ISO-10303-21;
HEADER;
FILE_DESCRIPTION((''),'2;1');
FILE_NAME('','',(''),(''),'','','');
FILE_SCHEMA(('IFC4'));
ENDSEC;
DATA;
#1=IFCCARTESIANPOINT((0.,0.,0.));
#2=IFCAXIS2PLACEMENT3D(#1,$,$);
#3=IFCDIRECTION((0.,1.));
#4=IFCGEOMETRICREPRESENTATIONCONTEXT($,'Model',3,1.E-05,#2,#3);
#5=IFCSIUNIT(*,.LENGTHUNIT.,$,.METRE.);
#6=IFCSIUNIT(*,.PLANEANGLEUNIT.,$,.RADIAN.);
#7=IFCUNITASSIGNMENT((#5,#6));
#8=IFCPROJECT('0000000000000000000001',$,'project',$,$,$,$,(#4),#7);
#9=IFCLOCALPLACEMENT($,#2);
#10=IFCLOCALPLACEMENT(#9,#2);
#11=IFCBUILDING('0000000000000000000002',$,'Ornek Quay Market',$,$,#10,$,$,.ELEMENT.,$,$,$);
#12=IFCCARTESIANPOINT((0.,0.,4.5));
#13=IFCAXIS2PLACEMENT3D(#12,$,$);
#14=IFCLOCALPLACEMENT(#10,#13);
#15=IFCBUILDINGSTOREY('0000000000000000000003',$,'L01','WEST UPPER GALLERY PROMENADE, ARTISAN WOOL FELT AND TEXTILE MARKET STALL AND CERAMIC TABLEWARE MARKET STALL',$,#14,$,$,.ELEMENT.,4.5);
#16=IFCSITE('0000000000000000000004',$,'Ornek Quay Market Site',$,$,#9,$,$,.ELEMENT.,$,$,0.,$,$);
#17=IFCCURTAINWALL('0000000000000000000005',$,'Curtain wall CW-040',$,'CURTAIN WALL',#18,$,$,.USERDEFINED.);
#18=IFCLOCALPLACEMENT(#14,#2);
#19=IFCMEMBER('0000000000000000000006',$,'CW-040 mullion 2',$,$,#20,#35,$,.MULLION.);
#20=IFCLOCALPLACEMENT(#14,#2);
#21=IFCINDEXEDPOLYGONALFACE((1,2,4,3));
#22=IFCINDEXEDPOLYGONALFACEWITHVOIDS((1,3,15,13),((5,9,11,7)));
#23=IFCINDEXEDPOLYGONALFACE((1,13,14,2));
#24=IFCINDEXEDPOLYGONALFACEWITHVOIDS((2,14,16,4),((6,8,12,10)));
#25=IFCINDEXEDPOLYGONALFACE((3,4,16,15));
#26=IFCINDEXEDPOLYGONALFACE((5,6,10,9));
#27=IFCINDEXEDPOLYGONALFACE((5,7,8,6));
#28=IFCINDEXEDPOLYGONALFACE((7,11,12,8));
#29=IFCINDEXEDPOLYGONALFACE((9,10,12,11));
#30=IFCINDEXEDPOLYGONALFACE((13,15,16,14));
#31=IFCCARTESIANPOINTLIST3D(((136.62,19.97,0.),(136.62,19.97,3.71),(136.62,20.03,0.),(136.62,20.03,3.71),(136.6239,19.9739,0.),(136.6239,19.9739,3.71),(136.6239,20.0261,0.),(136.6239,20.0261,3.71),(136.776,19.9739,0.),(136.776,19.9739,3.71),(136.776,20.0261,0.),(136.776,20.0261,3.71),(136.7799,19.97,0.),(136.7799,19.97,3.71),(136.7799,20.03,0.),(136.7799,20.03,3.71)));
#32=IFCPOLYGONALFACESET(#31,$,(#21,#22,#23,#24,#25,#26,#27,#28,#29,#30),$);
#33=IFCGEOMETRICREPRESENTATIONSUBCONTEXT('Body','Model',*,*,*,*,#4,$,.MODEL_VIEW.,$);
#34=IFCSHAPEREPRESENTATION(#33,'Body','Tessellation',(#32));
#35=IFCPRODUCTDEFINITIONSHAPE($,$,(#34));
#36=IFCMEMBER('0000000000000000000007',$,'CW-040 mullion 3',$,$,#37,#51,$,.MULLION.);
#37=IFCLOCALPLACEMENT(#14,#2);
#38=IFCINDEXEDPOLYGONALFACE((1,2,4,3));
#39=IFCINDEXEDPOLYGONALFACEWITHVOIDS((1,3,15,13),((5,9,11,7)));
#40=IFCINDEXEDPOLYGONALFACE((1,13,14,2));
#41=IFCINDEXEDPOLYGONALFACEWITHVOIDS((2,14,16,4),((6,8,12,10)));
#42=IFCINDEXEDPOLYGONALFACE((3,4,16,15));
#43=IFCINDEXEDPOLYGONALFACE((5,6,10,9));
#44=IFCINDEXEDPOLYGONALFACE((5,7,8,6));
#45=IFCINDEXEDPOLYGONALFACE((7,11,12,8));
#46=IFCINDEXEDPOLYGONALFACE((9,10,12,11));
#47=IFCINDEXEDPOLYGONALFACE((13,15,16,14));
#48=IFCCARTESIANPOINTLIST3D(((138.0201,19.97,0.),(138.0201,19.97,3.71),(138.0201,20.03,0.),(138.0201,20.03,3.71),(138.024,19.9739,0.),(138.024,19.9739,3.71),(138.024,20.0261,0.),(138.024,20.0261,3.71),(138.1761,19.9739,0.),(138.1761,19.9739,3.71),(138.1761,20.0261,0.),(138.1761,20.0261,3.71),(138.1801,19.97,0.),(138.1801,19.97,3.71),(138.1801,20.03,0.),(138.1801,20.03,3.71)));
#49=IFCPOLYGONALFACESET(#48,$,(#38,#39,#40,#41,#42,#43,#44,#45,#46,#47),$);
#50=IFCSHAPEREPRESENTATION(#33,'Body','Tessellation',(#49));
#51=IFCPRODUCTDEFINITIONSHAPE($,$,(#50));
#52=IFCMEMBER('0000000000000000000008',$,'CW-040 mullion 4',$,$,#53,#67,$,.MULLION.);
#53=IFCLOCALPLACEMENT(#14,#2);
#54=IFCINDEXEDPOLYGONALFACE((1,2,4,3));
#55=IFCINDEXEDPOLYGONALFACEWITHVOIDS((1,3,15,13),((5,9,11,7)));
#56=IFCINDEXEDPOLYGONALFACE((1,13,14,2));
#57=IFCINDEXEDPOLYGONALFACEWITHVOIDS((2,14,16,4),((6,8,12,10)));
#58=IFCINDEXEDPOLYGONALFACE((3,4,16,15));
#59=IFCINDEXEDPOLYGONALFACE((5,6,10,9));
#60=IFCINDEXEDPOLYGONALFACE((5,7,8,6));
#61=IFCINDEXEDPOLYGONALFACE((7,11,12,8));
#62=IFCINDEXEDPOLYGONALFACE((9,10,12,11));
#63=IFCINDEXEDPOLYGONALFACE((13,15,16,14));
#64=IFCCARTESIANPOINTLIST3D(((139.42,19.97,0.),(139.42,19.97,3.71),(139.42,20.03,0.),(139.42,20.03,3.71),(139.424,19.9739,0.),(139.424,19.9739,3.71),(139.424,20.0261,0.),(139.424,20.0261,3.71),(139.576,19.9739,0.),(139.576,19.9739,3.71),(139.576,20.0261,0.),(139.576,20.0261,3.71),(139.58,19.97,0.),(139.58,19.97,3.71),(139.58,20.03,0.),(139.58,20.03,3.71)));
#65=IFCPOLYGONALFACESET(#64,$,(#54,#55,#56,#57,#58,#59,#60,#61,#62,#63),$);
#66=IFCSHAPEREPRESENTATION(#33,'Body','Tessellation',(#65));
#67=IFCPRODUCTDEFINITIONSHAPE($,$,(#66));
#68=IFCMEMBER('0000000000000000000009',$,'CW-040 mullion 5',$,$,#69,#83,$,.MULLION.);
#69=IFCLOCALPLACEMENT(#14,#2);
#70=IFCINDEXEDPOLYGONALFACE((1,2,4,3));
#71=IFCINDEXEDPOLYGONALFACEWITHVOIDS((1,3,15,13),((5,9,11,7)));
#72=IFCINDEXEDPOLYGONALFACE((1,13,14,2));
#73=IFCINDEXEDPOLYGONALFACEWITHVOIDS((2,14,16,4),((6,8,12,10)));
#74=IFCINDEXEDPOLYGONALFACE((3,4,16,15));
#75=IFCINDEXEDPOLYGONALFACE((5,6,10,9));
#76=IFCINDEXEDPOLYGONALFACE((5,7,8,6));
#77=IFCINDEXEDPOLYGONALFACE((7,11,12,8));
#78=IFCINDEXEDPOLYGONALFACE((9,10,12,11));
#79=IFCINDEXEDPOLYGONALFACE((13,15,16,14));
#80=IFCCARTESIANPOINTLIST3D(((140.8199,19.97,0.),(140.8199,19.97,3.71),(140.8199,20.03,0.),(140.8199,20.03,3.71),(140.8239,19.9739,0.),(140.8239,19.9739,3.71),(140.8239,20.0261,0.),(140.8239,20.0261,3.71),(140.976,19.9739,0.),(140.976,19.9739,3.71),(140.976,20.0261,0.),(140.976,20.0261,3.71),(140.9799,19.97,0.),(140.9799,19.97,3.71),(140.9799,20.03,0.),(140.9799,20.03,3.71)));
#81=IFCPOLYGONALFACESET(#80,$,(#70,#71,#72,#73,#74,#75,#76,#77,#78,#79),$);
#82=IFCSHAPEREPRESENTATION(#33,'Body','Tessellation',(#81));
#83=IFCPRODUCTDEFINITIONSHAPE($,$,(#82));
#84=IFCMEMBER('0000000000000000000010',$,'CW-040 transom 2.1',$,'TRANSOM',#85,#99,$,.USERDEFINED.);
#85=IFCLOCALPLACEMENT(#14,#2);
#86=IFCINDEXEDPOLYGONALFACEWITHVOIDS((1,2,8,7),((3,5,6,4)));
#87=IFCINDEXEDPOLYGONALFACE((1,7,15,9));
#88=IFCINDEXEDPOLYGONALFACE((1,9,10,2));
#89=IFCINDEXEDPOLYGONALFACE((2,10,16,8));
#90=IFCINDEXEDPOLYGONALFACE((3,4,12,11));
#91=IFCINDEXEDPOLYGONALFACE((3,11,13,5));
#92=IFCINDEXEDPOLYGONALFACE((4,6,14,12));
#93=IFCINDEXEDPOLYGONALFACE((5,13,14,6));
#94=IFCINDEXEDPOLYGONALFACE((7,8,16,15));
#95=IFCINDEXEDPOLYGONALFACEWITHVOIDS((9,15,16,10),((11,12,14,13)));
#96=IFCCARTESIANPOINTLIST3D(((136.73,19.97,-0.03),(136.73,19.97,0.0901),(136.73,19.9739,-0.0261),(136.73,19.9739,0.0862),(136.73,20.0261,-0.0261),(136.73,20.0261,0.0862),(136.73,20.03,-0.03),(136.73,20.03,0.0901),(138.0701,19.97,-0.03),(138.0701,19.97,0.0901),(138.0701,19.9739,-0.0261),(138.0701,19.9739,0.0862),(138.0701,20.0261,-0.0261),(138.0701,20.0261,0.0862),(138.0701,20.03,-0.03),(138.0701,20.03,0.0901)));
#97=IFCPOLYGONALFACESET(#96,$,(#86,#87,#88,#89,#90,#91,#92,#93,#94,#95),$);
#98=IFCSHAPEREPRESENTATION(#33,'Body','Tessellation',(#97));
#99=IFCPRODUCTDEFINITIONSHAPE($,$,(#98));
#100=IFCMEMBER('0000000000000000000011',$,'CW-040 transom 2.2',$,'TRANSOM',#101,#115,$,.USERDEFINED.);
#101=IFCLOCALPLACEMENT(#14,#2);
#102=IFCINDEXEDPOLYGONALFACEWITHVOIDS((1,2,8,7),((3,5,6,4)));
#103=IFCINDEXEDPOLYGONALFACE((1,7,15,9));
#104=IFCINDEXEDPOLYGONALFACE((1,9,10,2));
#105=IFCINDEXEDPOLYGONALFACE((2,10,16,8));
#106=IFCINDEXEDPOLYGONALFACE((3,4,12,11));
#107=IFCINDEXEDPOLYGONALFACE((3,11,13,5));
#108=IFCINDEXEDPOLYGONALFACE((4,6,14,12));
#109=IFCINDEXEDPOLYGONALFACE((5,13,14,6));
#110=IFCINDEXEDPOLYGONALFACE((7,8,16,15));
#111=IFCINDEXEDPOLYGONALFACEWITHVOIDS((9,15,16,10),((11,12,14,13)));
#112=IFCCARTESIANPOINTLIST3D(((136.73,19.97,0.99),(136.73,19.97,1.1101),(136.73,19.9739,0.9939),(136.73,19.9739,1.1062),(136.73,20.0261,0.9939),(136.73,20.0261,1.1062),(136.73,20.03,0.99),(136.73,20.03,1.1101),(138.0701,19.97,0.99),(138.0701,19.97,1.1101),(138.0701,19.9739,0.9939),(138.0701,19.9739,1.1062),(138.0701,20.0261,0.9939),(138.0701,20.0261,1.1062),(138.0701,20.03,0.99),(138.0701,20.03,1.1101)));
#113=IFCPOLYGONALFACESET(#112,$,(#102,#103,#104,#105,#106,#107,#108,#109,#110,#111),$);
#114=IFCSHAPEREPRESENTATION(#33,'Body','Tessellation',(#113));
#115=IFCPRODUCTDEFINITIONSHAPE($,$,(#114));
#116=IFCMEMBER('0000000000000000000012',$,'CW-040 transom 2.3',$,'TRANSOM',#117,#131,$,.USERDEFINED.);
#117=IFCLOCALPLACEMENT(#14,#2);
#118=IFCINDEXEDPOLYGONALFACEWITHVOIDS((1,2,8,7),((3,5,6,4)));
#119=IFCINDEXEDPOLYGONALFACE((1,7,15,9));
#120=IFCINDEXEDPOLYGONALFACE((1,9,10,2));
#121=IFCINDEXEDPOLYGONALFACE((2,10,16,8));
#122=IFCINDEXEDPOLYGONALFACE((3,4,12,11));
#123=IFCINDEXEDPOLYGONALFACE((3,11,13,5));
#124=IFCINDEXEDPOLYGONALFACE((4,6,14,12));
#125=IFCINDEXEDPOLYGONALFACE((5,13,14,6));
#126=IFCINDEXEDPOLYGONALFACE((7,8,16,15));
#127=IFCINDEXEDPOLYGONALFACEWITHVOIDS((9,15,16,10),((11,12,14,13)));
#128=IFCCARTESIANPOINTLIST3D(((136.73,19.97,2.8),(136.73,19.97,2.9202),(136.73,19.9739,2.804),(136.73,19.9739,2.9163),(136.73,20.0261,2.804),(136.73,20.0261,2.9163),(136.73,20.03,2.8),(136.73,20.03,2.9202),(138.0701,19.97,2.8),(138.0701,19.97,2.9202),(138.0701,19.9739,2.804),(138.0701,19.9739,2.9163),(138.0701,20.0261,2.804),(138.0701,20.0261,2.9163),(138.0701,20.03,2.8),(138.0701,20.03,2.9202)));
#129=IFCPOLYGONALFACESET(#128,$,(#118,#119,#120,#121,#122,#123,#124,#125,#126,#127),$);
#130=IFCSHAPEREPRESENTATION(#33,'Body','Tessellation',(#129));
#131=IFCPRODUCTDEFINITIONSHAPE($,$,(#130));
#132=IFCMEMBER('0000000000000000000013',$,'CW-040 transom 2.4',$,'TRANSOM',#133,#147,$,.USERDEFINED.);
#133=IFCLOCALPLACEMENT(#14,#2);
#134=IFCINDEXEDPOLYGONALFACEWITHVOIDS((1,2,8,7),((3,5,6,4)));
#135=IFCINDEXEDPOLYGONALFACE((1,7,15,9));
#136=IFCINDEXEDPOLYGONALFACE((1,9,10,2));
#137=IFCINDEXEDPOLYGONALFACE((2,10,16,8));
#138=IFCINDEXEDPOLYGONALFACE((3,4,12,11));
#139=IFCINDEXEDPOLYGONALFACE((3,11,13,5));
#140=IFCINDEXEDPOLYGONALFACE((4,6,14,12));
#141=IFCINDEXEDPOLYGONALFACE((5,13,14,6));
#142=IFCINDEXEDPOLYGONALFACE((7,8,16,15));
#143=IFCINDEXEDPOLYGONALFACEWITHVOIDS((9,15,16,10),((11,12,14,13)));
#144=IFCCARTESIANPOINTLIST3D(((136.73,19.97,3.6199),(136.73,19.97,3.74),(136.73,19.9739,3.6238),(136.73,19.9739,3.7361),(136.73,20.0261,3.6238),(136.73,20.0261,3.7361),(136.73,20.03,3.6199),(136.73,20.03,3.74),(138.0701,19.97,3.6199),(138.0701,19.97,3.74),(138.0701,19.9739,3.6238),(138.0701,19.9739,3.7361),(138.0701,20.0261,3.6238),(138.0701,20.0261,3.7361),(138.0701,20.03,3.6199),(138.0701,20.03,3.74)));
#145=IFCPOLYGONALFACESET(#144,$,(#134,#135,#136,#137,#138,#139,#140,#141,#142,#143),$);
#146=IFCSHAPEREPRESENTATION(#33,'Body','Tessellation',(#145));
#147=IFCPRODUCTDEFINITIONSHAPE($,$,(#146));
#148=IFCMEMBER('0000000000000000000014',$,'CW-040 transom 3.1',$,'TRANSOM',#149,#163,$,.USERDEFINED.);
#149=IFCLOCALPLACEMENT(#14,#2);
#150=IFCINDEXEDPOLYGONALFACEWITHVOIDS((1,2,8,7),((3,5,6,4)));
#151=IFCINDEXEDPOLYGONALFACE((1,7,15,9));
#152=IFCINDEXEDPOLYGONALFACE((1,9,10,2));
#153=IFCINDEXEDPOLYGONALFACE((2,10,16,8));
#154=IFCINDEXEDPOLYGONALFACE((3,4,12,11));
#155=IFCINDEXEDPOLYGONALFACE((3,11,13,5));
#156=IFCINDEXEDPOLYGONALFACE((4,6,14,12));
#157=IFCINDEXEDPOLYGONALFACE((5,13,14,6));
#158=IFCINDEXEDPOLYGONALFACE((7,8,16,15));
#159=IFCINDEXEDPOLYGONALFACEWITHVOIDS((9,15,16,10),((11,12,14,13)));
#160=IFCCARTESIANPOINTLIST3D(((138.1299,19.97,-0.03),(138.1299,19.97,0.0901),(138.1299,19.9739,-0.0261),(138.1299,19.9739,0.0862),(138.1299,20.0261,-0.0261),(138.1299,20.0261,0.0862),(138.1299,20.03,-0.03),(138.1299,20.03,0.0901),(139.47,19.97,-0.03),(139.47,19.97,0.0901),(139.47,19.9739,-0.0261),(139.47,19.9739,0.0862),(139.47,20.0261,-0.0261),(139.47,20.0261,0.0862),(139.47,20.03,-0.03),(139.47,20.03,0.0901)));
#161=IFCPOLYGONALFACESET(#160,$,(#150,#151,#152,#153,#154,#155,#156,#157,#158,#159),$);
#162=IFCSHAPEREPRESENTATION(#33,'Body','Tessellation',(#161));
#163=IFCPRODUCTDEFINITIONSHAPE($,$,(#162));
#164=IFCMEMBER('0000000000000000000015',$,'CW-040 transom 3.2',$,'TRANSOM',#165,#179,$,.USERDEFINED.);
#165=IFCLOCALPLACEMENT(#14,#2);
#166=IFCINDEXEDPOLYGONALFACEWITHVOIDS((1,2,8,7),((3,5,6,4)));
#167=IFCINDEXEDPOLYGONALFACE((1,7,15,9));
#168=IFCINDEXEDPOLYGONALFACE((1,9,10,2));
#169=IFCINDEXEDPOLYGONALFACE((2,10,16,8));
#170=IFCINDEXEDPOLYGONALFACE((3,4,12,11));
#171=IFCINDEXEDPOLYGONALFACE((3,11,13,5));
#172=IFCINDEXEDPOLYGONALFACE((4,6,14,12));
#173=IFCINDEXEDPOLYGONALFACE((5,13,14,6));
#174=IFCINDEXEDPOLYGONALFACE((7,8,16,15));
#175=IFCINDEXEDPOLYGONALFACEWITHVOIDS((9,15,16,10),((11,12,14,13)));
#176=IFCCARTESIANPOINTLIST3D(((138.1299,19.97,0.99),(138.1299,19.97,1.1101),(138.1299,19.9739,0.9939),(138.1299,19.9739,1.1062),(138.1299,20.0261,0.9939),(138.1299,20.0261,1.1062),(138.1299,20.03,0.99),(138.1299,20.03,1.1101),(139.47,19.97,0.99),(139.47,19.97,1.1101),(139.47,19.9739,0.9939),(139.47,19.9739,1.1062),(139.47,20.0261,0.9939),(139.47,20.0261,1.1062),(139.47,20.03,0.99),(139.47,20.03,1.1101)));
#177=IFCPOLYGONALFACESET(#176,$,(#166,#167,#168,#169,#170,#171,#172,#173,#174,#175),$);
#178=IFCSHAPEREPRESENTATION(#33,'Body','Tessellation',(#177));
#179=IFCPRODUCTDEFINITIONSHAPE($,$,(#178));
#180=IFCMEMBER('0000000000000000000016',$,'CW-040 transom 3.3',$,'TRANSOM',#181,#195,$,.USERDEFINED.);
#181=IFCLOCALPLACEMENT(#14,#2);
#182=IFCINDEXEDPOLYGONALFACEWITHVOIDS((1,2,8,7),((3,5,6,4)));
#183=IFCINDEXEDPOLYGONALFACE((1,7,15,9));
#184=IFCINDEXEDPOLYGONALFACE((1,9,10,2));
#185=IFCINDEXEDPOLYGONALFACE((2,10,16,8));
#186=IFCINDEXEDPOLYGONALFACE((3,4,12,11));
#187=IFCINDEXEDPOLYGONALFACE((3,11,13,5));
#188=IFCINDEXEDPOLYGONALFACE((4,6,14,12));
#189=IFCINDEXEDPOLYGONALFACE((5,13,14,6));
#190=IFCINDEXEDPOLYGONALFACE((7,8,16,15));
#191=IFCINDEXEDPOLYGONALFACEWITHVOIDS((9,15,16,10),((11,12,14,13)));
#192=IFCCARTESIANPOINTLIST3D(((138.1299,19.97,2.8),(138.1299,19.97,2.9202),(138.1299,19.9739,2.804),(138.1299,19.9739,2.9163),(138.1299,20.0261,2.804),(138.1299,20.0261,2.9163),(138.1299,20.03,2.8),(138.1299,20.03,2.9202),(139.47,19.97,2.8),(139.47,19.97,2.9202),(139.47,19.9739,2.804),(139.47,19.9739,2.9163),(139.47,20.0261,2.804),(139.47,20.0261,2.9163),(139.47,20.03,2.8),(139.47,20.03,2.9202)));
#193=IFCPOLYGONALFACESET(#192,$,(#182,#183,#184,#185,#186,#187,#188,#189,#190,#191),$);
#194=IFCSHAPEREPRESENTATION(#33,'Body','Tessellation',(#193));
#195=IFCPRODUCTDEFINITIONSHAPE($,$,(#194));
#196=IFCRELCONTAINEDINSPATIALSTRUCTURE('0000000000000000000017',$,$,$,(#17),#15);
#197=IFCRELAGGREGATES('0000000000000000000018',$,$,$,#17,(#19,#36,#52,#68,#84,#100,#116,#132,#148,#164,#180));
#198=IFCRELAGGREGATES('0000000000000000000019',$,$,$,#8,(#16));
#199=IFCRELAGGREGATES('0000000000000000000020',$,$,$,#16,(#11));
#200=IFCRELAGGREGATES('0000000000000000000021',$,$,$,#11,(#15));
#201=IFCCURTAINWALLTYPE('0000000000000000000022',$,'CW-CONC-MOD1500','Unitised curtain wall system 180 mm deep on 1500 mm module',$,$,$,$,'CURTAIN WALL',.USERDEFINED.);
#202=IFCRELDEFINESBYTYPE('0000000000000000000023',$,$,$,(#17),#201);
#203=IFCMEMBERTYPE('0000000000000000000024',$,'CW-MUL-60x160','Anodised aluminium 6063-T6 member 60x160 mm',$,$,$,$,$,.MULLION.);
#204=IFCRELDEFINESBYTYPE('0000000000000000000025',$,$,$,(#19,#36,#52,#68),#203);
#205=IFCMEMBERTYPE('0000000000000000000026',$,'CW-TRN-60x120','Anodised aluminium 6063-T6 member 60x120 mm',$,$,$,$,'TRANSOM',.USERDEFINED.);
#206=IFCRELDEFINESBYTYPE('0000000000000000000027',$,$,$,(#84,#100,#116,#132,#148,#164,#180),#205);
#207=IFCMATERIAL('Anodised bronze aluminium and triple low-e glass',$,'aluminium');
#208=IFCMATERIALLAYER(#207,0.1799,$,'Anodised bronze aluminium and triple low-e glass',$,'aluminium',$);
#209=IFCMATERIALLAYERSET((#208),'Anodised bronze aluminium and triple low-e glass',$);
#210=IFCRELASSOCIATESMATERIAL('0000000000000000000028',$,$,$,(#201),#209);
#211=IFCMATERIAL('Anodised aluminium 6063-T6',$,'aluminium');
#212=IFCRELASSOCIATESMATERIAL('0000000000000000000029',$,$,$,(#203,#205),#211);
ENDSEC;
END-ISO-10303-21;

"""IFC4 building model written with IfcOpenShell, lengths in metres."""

from ifc_helpers import new_model, si_unit, direction, frame, origin, origin_2d, place, context, subcontext, project, spatial, hollow_rectangle, extrude, material, layer, layer_set, material_profile, profile_set, type_object, element, aggregate, save


model = new_model("IFC4")

# Units and contexts
model_context = context("Model", 3, precision=1e-05, world=origin(), true_north=direction((0.0, 1.0)))
body_context = subcontext(model_context, "Body", "Model", "MODEL_VIEW")
ifc_project = project(units=[si_unit("LENGTHUNIT", "METRE"), si_unit("PLANEANGLEUNIT", "RADIAN")], contexts=[model_context])

# Site, building, storey
site_placement = place(None, origin())
site = spatial("IfcSite", under=ifc_project, at=site_placement, Name="Ornek Quay Market Site", CompositionType="ELEMENT", RefElevation=0.0)
building_placement = place(site_placement, origin())
building = spatial("IfcBuilding", under=site, at=building_placement, Name="Ornek Quay Market", CompositionType="ELEMENT")
storey_placement = place(building_placement, frame((0.0, 0.0, 4.5)))
storey = spatial("IfcBuildingStorey", under=building, at=storey_placement, Name="L01", Description="WEST UPPER GALLERY PROMENADE, ARTISAN WOOL FELT AND TEXTILE MARKET STALL AND CERAMIC TABLEWARE MARKET STALL", CompositionType="ELEMENT", Elevation=4.5)

# Curtain wall, members
ifc_material_1 = material(Name="Anodised bronze aluminium and triple low-e glass", Category="aluminium")
ifc_layer_1 = layer(ifc_material_1, 0.1799, Name="Anodised bronze aluminium and triple low-e glass", Category="aluminium")
ifc_layer_set_1 = layer_set([ifc_layer_1], Name="Anodised bronze aluminium and triple low-e glass")
curtain_wall_type = type_object("IfcCurtainWallType", Name="CW-CONC-MOD1500", Description="Unitised curtain wall system 180 mm deep on 1500 mm module", ElementType="CURTAIN WALL", PredefinedType="USERDEFINED", material=ifc_layer_set_1)
curtain_wall_placement = place(storey_placement, origin())
curtain_wall = element("IfcCurtainWall", 1, at=curtain_wall_placement, inside=storey, type_object=curtain_wall_type, Name="Curtain wall CW-040", ObjectType="CURTAIN WALL", PredefinedType="USERDEFINED")
ifc_material_2 = material(Name="Anodised aluminium 6063-T6", Category="aluminium")
ifc_material_profile_1 = material_profile(ifc_material_2, hollow_rectangle(XDim=0.0601, YDim=0.1599, WallThickness=0.0039, at=origin_2d()), Name="CW-MUL-60x160", Category="aluminium")
ifc_profile_set_1 = profile_set([ifc_material_profile_1], Name="Anodised aluminium 6063-T6")
member_type_1 = type_object("IfcMemberType", Name="CW-MUL-60x160", Description="Anodised aluminium 6063-T6 member 60x160 mm", PredefinedType="MULLION", material=ifc_profile_set_1)
member_1_placement = place(storey_placement, frame((136.7, 20.0, 0.0), z_axis=(0.0, 0.0, 1.0), x_axis=(0.0, 1.0, 0.0)))
member_1 = element("IfcMember", 2, at=member_1_placement, type_object=member_type_1, Name="CW-040 mullion 2", PredefinedType="MULLION", context=body_context, shape_type="SweptSolid", body=[
    extrude(hollow_rectangle(XDim=0.0601, YDim=0.1599, WallThickness=0.0039, at=origin_2d()), origin(), (0.0, 0.0, 1.0), 3.71),
])
member_2_placement = place(storey_placement, frame((138.1001, 20.0, 0.0), z_axis=(0.0, 0.0, 1.0), x_axis=(0.0, 1.0, 0.0)))
member_2 = element("IfcMember", 3, at=member_2_placement, type_object=member_type_1, Name="CW-040 mullion 3", PredefinedType="MULLION", context=body_context, shape_type="SweptSolid", body=[
    extrude(hollow_rectangle(XDim=0.0601, YDim=0.1599, WallThickness=0.0039, at=origin_2d()), origin(), (0.0, 0.0, 1.0), 3.71),
])
member_3_placement = place(storey_placement, frame((139.5, 20.0, 0.0), z_axis=(0.0, 0.0, 1.0), x_axis=(0.0, 1.0, 0.0)))
member_3 = element("IfcMember", 4, at=member_3_placement, type_object=member_type_1, Name="CW-040 mullion 4", PredefinedType="MULLION", context=body_context, shape_type="SweptSolid", body=[
    extrude(hollow_rectangle(XDim=0.0601, YDim=0.1599, WallThickness=0.0039, at=origin_2d()), origin(), (0.0, 0.0, 1.0), 3.71),
])
member_4_placement = place(storey_placement, frame((140.8999, 20.0, 0.0), z_axis=(0.0, 0.0, 1.0), x_axis=(0.0, 1.0, 0.0)))
member_4 = element("IfcMember", 5, at=member_4_placement, type_object=member_type_1, Name="CW-040 mullion 5", PredefinedType="MULLION", context=body_context, shape_type="SweptSolid", body=[
    extrude(hollow_rectangle(XDim=0.0601, YDim=0.1599, WallThickness=0.0039, at=origin_2d()), origin(), (0.0, 0.0, 1.0), 3.71),
])
ifc_material_profile_2 = material_profile(ifc_material_2, hollow_rectangle(XDim=0.0601, YDim=0.1201, WallThickness=0.0039, at=origin_2d()), Name="CW-TRN-60x120", Category="aluminium")
ifc_profile_set_2 = profile_set([ifc_material_profile_2], Name="Anodised aluminium 6063-T6")
member_type_2 = type_object("IfcMemberType", Name="CW-TRN-60x120", Description="Anodised aluminium 6063-T6 member 60x120 mm", ElementType="TRANSOM", PredefinedType="USERDEFINED", material=ifc_profile_set_2)
member_5_placement = place(storey_placement, frame((136.73, 20.0, 0.03), z_axis=(1.0, 0.0, 0.0), x_axis=(0.0, 1.0, 0.0)))
member_5 = element("IfcMember", 6, at=member_5_placement, type_object=member_type_2, Name="CW-040 transom 2.1", ObjectType="TRANSOM", PredefinedType="USERDEFINED", context=body_context, shape_type="SweptSolid", body=[
    extrude(hollow_rectangle(XDim=0.0601, YDim=0.1201, WallThickness=0.0039, at=origin_2d()), origin(), (0.0, 0.0, 1.0), 1.3401),
])
member_6_placement = place(storey_placement, frame((136.73, 20.0, 1.05), z_axis=(1.0, 0.0, 0.0), x_axis=(0.0, 1.0, 0.0)))
member_6 = element("IfcMember", 7, at=member_6_placement, type_object=member_type_2, Name="CW-040 transom 2.2", ObjectType="TRANSOM", PredefinedType="USERDEFINED", context=body_context, shape_type="SweptSolid", body=[
    extrude(hollow_rectangle(XDim=0.0601, YDim=0.1201, WallThickness=0.0039, at=origin_2d()), origin(), (0.0, 0.0, 1.0), 1.3401),
])
member_7_placement = place(storey_placement, frame((136.73, 20.0, 2.8601), z_axis=(1.0, 0.0, 0.0), x_axis=(0.0, 1.0, 0.0)))
member_7 = element("IfcMember", 8, at=member_7_placement, type_object=member_type_2, Name="CW-040 transom 2.3", ObjectType="TRANSOM", PredefinedType="USERDEFINED", context=body_context, shape_type="SweptSolid", body=[
    extrude(hollow_rectangle(XDim=0.0601, YDim=0.1201, WallThickness=0.0039, at=origin_2d()), origin(), (0.0, 0.0, 1.0), 1.3401),
])
member_8_placement = place(storey_placement, frame((136.73, 20.0, 3.6799), z_axis=(1.0, 0.0, 0.0), x_axis=(0.0, 1.0, 0.0)))
member_8 = element("IfcMember", 9, at=member_8_placement, type_object=member_type_2, Name="CW-040 transom 2.4", ObjectType="TRANSOM", PredefinedType="USERDEFINED", context=body_context, shape_type="SweptSolid", body=[
    extrude(hollow_rectangle(XDim=0.0601, YDim=0.1201, WallThickness=0.0039, at=origin_2d()), origin(), (0.0, 0.0, 1.0), 1.3401),
])
member_9_placement = place(storey_placement, frame((138.1299, 20.0, 0.03), z_axis=(1.0, 0.0, 0.0), x_axis=(0.0, 1.0, 0.0)))
member_9 = element("IfcMember", 10, at=member_9_placement, type_object=member_type_2, Name="CW-040 transom 3.1", ObjectType="TRANSOM", PredefinedType="USERDEFINED", context=body_context, shape_type="SweptSolid", body=[
    extrude(hollow_rectangle(XDim=0.0601, YDim=0.1201, WallThickness=0.0039, at=origin_2d()), origin(), (0.0, 0.0, 1.0), 1.3401),
])
member_10_placement = place(storey_placement, frame((138.1299, 20.0, 1.05), z_axis=(1.0, 0.0, 0.0), x_axis=(0.0, 1.0, 0.0)))
member_10 = element("IfcMember", 11, at=member_10_placement, type_object=member_type_2, Name="CW-040 transom 3.2", ObjectType="TRANSOM", PredefinedType="USERDEFINED", context=body_context, shape_type="SweptSolid", body=[
    extrude(hollow_rectangle(XDim=0.0601, YDim=0.1201, WallThickness=0.0039, at=origin_2d()), origin(), (0.0, 0.0, 1.0), 1.3401),
])
member_11_placement = place(storey_placement, frame((138.1299, 20.0, 2.8601), z_axis=(1.0, 0.0, 0.0), x_axis=(0.0, 1.0, 0.0)))
member_11 = element("IfcMember", 12, at=member_11_placement, type_object=member_type_2, Name="CW-040 transom 3.3", ObjectType="TRANSOM", PredefinedType="USERDEFINED", context=body_context, shape_type="SweptSolid", body=[
    extrude(hollow_rectangle(XDim=0.0601, YDim=0.1201, WallThickness=0.0039, at=origin_2d()), origin(), (0.0, 0.0, 1.0), 1.3401),
])
aggregate(curtain_wall, [member_1, member_2, member_3, member_4, member_5, member_6, member_7, member_8, member_9, member_10, member_11])

save(model, "model.ifc")
